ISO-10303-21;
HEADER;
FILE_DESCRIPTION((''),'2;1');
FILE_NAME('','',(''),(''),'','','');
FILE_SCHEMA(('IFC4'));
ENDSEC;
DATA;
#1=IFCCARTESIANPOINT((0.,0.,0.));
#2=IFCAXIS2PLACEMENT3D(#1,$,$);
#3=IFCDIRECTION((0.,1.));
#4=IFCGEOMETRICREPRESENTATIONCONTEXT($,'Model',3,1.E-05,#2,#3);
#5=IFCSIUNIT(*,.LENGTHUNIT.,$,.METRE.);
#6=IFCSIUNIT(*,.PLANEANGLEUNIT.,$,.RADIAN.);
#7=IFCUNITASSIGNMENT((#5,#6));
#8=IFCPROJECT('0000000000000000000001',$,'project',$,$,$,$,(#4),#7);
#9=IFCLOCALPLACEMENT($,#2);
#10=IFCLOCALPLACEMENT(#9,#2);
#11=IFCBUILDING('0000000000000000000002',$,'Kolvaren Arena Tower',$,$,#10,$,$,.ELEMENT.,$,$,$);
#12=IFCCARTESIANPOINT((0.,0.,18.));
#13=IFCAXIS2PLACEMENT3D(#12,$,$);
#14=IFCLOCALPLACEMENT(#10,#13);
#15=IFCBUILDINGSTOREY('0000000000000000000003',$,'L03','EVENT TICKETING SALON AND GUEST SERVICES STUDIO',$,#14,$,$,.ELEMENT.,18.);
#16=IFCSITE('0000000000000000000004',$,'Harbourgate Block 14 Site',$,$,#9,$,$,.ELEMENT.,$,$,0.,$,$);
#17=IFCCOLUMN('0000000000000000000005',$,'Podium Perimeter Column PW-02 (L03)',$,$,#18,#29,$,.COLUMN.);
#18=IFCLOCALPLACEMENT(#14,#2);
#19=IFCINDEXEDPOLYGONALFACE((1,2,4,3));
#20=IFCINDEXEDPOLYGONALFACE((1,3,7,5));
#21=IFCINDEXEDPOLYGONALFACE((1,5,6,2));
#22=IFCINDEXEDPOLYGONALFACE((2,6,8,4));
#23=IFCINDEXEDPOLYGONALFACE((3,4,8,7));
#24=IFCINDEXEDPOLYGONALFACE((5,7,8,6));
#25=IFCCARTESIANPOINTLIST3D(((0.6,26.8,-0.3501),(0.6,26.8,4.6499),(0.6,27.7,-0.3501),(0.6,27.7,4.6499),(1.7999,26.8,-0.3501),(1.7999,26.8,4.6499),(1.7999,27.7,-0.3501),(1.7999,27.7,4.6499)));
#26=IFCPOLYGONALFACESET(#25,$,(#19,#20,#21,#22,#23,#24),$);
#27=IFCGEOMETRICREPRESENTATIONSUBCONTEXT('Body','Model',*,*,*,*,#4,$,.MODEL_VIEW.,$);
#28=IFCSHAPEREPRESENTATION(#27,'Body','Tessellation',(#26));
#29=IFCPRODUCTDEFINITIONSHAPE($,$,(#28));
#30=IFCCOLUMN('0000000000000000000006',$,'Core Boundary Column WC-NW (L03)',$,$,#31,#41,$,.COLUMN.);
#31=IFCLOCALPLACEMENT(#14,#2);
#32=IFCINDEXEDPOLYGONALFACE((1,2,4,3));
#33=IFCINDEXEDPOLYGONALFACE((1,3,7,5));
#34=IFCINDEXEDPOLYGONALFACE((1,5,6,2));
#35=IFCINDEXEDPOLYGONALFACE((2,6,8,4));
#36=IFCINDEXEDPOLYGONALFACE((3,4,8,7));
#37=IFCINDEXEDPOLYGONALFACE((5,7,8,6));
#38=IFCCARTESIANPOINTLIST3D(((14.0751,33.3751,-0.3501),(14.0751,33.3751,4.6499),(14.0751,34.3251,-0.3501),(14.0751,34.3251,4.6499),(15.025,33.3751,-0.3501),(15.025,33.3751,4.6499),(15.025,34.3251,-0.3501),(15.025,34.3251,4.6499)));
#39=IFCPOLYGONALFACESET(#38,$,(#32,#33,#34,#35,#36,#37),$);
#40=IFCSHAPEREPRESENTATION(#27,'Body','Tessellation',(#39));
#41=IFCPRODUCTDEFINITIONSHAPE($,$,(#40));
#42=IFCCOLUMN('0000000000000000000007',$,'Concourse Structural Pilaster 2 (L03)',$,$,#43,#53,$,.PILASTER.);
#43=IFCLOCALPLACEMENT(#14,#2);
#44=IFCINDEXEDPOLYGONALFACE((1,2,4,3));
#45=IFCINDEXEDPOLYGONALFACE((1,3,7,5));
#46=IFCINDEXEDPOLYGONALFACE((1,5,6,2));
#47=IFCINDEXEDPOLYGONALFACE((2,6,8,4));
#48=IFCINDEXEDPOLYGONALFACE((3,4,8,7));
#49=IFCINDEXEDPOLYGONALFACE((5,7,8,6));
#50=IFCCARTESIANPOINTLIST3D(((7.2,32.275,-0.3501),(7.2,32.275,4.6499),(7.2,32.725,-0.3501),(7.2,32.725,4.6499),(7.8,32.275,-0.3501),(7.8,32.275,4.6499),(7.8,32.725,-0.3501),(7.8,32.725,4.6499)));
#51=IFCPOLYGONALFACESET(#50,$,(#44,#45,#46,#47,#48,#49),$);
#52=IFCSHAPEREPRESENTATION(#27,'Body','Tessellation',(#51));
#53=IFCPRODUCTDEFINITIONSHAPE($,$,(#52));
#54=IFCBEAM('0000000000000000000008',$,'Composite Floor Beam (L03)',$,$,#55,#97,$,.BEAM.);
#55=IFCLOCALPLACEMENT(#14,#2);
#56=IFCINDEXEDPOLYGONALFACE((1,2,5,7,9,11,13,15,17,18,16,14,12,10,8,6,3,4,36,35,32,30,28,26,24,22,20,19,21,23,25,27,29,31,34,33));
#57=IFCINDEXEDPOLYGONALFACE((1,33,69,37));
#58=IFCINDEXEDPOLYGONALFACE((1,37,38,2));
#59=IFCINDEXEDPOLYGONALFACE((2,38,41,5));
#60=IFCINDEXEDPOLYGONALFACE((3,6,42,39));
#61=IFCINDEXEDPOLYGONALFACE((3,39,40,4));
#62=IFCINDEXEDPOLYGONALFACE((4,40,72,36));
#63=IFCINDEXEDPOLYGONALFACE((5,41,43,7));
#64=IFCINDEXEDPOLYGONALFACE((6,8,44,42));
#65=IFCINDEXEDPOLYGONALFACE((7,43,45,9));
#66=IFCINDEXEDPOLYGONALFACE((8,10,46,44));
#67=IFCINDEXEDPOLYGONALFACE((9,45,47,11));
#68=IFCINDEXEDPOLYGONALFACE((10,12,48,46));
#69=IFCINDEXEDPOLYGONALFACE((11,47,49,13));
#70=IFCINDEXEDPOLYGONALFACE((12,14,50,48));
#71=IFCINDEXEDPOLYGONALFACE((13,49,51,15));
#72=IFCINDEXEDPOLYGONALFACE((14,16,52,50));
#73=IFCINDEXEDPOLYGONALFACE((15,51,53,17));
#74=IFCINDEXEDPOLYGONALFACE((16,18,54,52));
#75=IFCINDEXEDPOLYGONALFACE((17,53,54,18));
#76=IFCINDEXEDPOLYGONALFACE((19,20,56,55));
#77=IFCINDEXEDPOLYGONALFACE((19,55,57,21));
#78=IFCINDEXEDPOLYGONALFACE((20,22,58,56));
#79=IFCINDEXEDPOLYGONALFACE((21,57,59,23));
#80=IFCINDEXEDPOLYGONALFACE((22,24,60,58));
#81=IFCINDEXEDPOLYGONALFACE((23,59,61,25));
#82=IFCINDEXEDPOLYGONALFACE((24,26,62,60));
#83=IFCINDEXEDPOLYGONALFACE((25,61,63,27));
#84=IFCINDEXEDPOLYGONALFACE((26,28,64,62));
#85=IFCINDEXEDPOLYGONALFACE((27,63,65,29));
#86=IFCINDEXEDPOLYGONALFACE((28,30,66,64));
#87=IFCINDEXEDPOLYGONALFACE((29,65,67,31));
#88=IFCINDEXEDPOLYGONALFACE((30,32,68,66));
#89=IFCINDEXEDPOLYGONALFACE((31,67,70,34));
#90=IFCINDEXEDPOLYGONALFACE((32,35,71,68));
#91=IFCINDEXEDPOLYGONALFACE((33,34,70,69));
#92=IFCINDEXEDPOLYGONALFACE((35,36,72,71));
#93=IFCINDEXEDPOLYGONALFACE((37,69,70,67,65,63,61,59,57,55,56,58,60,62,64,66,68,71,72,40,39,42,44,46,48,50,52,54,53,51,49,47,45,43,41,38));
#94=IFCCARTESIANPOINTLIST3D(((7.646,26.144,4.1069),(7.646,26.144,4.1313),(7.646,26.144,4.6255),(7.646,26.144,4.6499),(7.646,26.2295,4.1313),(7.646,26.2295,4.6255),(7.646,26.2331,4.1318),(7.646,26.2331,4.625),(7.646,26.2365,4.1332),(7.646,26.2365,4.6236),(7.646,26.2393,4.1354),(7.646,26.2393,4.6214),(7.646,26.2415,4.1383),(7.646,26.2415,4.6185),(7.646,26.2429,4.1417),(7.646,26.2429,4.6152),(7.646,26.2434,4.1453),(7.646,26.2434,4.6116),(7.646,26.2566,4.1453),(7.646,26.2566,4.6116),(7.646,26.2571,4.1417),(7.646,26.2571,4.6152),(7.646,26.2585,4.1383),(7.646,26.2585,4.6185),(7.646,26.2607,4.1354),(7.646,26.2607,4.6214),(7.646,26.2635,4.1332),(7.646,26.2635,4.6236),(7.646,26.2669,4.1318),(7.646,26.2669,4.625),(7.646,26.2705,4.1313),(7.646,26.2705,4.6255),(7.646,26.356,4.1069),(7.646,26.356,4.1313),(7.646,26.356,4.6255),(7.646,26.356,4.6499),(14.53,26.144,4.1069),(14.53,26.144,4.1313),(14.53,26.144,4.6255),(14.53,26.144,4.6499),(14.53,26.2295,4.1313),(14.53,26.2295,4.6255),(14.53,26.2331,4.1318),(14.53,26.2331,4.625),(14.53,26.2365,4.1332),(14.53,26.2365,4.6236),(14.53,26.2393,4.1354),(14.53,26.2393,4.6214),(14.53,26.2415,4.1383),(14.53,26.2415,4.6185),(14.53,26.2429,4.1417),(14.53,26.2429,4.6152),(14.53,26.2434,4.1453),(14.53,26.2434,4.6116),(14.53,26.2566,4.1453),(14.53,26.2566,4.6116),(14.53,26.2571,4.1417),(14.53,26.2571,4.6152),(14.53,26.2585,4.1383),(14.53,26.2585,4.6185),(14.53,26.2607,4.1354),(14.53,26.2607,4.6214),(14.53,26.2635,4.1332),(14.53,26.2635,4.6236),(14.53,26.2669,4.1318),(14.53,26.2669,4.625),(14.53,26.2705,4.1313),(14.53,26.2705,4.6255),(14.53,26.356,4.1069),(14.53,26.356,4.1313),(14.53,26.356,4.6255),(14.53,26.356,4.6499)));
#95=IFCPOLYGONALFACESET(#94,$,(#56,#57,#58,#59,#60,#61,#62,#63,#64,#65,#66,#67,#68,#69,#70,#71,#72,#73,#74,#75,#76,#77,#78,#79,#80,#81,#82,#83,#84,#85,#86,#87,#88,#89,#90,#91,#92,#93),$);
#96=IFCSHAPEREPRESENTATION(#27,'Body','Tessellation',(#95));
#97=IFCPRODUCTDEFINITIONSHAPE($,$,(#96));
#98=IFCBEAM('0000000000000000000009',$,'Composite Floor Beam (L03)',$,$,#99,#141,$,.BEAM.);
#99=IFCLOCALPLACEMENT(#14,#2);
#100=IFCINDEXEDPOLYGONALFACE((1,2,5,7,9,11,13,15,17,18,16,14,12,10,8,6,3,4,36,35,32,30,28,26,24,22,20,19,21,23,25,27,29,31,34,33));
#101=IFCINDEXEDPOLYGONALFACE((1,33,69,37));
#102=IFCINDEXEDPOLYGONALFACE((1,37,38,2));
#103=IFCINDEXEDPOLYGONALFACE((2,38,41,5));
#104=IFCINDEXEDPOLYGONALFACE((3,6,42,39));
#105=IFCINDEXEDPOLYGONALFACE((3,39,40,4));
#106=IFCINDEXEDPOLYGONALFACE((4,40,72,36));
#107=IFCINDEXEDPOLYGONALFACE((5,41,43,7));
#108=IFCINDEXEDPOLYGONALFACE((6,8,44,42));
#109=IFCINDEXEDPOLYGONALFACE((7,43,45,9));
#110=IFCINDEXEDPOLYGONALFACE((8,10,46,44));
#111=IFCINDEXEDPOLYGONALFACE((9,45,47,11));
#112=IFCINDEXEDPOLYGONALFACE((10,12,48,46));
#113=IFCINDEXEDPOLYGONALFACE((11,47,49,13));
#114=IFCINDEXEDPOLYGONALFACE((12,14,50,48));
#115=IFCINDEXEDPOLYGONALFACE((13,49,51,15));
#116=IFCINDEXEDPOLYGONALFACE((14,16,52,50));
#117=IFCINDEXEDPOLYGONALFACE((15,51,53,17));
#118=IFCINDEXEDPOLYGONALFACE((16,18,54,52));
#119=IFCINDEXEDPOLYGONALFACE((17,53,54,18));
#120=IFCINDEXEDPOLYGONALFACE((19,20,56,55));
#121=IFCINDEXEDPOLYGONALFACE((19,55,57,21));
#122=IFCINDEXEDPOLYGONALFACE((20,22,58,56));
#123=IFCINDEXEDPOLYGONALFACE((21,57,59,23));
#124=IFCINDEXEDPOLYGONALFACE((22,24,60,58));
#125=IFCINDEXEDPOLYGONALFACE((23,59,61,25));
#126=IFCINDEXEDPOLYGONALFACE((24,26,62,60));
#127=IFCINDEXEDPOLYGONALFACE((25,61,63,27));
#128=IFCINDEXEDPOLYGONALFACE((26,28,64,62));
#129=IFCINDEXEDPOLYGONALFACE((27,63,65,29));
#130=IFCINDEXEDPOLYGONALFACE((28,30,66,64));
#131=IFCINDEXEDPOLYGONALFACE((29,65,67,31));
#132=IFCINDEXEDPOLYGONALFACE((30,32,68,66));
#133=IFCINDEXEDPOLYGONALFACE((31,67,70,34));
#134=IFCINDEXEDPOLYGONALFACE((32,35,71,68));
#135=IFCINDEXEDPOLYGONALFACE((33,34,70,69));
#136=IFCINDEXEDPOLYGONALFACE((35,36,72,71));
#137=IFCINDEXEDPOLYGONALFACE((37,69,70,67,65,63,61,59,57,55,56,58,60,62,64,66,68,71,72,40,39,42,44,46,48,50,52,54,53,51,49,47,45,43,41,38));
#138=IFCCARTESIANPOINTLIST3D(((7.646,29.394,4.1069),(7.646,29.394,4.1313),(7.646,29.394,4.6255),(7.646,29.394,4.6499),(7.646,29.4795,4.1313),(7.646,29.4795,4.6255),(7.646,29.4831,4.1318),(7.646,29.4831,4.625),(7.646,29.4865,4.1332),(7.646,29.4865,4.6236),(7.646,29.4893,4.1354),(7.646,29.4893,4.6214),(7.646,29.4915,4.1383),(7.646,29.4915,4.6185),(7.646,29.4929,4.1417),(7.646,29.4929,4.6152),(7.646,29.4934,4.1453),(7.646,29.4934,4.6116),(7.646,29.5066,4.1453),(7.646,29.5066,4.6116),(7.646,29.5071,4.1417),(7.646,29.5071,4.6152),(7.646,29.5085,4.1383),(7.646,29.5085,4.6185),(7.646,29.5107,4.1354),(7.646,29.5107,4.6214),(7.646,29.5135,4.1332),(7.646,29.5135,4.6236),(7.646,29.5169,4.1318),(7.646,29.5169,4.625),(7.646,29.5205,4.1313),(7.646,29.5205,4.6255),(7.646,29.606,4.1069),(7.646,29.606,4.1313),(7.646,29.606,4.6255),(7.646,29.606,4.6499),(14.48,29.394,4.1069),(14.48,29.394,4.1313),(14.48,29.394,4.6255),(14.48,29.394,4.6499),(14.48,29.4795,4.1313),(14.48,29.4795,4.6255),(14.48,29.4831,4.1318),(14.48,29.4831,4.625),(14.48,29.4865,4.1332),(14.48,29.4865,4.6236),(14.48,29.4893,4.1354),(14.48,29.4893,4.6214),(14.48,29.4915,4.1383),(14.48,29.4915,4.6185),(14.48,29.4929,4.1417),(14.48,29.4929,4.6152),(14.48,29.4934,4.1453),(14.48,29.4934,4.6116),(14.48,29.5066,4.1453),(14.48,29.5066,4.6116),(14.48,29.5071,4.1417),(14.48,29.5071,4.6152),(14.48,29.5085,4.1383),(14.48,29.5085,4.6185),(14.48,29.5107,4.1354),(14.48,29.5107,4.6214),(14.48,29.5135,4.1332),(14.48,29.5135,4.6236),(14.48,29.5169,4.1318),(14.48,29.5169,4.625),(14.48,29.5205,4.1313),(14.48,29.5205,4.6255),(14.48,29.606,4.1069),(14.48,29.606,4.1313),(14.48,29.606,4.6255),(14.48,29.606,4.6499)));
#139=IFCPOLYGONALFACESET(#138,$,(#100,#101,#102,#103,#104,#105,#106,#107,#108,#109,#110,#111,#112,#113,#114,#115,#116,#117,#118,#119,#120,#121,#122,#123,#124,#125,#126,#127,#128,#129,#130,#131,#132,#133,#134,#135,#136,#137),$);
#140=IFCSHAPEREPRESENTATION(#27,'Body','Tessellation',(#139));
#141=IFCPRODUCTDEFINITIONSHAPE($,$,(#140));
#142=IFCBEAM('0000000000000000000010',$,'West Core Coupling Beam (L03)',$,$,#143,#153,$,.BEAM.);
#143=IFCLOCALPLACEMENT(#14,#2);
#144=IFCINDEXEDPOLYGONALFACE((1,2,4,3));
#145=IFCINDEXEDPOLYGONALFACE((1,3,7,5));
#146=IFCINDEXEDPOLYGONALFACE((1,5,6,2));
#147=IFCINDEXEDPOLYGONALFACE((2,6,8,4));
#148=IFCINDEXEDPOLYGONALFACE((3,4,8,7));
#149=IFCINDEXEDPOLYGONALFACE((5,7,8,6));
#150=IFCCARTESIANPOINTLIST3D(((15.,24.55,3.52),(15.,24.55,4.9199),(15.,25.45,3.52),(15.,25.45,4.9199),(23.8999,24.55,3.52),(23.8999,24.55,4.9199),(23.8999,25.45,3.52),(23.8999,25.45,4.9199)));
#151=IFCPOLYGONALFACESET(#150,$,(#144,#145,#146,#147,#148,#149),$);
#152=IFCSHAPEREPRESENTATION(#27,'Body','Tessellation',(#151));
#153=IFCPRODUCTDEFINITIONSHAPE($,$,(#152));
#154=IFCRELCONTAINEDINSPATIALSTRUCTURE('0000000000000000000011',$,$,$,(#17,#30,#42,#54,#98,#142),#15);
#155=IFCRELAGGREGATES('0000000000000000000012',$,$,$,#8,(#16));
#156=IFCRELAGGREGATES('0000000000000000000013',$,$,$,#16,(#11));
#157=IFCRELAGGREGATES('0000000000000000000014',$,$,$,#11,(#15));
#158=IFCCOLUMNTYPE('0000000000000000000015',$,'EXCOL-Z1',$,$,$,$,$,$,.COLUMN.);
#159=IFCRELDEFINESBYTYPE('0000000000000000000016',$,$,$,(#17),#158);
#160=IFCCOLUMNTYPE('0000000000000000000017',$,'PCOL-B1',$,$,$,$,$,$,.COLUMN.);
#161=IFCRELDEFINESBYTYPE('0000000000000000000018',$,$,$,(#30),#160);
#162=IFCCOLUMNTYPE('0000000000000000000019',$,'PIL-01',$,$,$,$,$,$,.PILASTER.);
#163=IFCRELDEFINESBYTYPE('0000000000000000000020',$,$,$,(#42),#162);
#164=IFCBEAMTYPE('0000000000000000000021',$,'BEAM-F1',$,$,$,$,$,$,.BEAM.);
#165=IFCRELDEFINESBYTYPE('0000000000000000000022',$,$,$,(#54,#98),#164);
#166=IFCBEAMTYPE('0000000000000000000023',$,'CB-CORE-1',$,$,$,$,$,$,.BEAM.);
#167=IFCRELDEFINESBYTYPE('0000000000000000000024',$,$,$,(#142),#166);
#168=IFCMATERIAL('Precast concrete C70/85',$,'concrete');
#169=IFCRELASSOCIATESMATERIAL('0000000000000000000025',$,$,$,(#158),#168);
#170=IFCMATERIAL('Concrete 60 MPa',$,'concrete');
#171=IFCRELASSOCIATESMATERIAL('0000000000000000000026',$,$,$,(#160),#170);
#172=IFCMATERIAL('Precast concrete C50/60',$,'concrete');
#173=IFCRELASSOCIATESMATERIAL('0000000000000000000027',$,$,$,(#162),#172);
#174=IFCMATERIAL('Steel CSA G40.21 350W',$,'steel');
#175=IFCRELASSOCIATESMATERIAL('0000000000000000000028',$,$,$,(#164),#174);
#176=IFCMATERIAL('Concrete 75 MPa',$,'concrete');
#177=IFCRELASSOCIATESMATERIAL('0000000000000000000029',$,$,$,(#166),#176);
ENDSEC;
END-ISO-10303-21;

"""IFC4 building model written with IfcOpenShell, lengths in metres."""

from ifc_helpers import new_model, si_unit, direction, frame, origin, origin_2d, place, context, subcontext, project, spatial, rectangle, i_section, extrude, material, material_profile, profile_set, type_object, element, save


model = new_model("IFC4")

# Units and contexts
model_context = context("Model", 3, precision=1e-05, world=origin(), true_north=direction((0.0, 1.0)))
body_context = subcontext(model_context, "Body", "Model", "MODEL_VIEW")
ifc_project = project(units=[si_unit("LENGTHUNIT", "METRE"), si_unit("PLANEANGLEUNIT", "RADIAN")], contexts=[model_context])

# Site, building, storey
site_placement = place(None, origin())
site = spatial("IfcSite", under=ifc_project, at=site_placement, Name="Harbourgate Block 14 Site", CompositionType="ELEMENT", RefElevation=0.0)
building_placement = place(site_placement, origin())
building = spatial("IfcBuilding", under=site, at=building_placement, Name="Kolvaren Arena Tower", CompositionType="ELEMENT")
storey_placement = place(building_placement, frame((0.0, 0.0, 18.0)))
storey = spatial("IfcBuildingStorey", under=building, at=storey_placement, Name="L03", Description="EVENT TICKETING SALON AND GUEST SERVICES STUDIO", CompositionType="ELEMENT", Elevation=18.0)

# Columns
ifc_material_1 = material(Name="Precast concrete C70/85", Category="concrete")
ifc_material_profile_1 = material_profile(ifc_material_1, rectangle(XDim=1.2, YDim=0.8999, at=origin_2d()), Name="RC-1200x900")
ifc_profile_set_1 = profile_set([ifc_material_profile_1], Name="Precast concrete C70/85")
column_type_1 = type_object("IfcColumnType", Name="EXCOL-Z1", PredefinedType="COLUMN", material=ifc_profile_set_1)
column_1_placement = place(storey_placement, frame((1.2, 27.25, -0.3501), z_axis=(0.0, 0.0, 1.0), x_axis=(1.0, 0.0, 0.0)))
element("IfcColumn", 1, at=column_1_placement, inside=storey, type_object=column_type_1, Name="Podium Perimeter Column PW-02 (L03)", PredefinedType="COLUMN", context=body_context, shape_type="SweptSolid", body=[
    extrude(rectangle(XDim=1.2, YDim=0.8999, at=origin_2d()), origin(), (0.0, 0.0, 1.0), 5.0),
])
ifc_material_2 = material(Name="Concrete 60 MPa", Category="concrete")
ifc_material_profile_2 = material_profile(ifc_material_2, rectangle(XDim=0.95, YDim=0.95, at=origin_2d()), Name="RC-950x950")
ifc_profile_set_2 = profile_set([ifc_material_profile_2], Name="Concrete 60 MPa")
column_type_2 = type_object("IfcColumnType", Name="PCOL-B1", PredefinedType="COLUMN", material=ifc_profile_set_2)
column_2_placement = place(storey_placement, frame((14.55, 33.8501, -0.3501), z_axis=(0.0, 0.0, 1.0), x_axis=(1.0, 0.0, 0.0)))
element("IfcColumn", 2, at=column_2_placement, inside=storey, type_object=column_type_2, Name="Core Boundary Column WC-NW (L03)", PredefinedType="COLUMN", context=body_context, shape_type="SweptSolid", body=[
    extrude(rectangle(XDim=0.95, YDim=0.95, at=origin_2d()), origin(), (0.0, 0.0, 1.0), 5.0),
])
ifc_material_3 = material(Name="Precast concrete C50/60", Category="concrete")
ifc_material_profile_3 = material_profile(ifc_material_3, rectangle(XDim=0.6001, YDim=0.45, at=origin_2d()), Name="RC-600x450")
ifc_profile_set_3 = profile_set([ifc_material_profile_3], Name="Precast concrete C50/60")
column_type_3 = type_object("IfcColumnType", Name="PIL-01", PredefinedType="PILASTER", material=ifc_profile_set_3)
column_3_placement = place(storey_placement, frame((7.5, 32.5, -0.3501), z_axis=(0.0, 0.0, 1.0), x_axis=(1.0, 0.0, 0.0)))
element("IfcColumn", 3, at=column_3_placement, inside=storey, type_object=column_type_3, Name="Concourse Structural Pilaster 2 (L03)", PredefinedType="PILASTER", context=body_context, shape_type="SweptSolid", body=[
    extrude(rectangle(XDim=0.6001, YDim=0.45, at=origin_2d()), origin(), (0.0, 0.0, 1.0), 5.0),
])

# Beams
ifc_material_4 = material(Name="Steel CSA G40.21 350W", Category="steel")
ifc_material_profile_4 = material_profile(ifc_material_4, i_section(OverallWidth=0.2119, OverallDepth=0.543, WebThickness=0.0132, FlangeThickness=0.0244, FilletRadius=0.0139, at=origin_2d()), Name="W530x150")
ifc_profile_set_4 = profile_set([ifc_material_profile_4], Name="Steel CSA G40.21 350W")
beam_type_1 = type_object("IfcBeamType", Name="BEAM-F1", PredefinedType="BEAM", material=ifc_profile_set_4)
beam_1_placement = place(storey_placement, frame((7.646, 26.25, 4.3784), z_axis=(1.0, 0.0, 0.0), x_axis=(0.0, 1.0, 0.0)))
element("IfcBeam", 4, at=beam_1_placement, inside=storey, type_object=beam_type_1, Name="Composite Floor Beam (L03)", PredefinedType="BEAM", context=body_context, shape_type="SweptSolid", body=[
    extrude(i_section(OverallWidth=0.2119, OverallDepth=0.543, WebThickness=0.0132, FlangeThickness=0.0244, FilletRadius=0.0139, at=origin_2d()), origin(), (0.0, 0.0, 1.0), 6.884),
])
beam_2_placement = place(storey_placement, frame((7.646, 29.5, 4.3784), z_axis=(1.0, 0.0, 0.0), x_axis=(0.0, 1.0, 0.0)))
element("IfcBeam", 5, at=beam_2_placement, inside=storey, type_object=beam_type_1, Name="Composite Floor Beam (L03)", PredefinedType="BEAM", context=body_context, shape_type="SweptSolid", body=[
    extrude(i_section(OverallWidth=0.2119, OverallDepth=0.543, WebThickness=0.0132, FlangeThickness=0.0244, FilletRadius=0.0139, at=origin_2d()), origin(), (0.0, 0.0, 1.0), 6.834),
])
ifc_material_5 = material(Name="Concrete 75 MPa", Category="concrete")
ifc_material_profile_5 = material_profile(ifc_material_5, rectangle(XDim=0.8999, YDim=1.3999, at=origin_2d()), Name="RC-900x1400")
ifc_profile_set_5 = profile_set([ifc_material_profile_5], Name="Concrete 75 MPa")
beam_type_2 = type_object("IfcBeamType", Name="CB-CORE-1", PredefinedType="BEAM", material=ifc_profile_set_5)
beam_3_placement = place(storey_placement, frame((15.0, 25.0, 4.22), z_axis=(1.0, 0.0, 0.0), x_axis=(0.0, 1.0, 0.0)))
element("IfcBeam", 6, at=beam_3_placement, inside=storey, type_object=beam_type_2, Name="West Core Coupling Beam (L03)", PredefinedType="BEAM", context=body_context, shape_type="SweptSolid", body=[
    extrude(rectangle(XDim=0.8999, YDim=1.3999, at=origin_2d()), origin(), (0.0, 0.0, 1.0), 8.8999),
])

save(model, "model.ifc")
